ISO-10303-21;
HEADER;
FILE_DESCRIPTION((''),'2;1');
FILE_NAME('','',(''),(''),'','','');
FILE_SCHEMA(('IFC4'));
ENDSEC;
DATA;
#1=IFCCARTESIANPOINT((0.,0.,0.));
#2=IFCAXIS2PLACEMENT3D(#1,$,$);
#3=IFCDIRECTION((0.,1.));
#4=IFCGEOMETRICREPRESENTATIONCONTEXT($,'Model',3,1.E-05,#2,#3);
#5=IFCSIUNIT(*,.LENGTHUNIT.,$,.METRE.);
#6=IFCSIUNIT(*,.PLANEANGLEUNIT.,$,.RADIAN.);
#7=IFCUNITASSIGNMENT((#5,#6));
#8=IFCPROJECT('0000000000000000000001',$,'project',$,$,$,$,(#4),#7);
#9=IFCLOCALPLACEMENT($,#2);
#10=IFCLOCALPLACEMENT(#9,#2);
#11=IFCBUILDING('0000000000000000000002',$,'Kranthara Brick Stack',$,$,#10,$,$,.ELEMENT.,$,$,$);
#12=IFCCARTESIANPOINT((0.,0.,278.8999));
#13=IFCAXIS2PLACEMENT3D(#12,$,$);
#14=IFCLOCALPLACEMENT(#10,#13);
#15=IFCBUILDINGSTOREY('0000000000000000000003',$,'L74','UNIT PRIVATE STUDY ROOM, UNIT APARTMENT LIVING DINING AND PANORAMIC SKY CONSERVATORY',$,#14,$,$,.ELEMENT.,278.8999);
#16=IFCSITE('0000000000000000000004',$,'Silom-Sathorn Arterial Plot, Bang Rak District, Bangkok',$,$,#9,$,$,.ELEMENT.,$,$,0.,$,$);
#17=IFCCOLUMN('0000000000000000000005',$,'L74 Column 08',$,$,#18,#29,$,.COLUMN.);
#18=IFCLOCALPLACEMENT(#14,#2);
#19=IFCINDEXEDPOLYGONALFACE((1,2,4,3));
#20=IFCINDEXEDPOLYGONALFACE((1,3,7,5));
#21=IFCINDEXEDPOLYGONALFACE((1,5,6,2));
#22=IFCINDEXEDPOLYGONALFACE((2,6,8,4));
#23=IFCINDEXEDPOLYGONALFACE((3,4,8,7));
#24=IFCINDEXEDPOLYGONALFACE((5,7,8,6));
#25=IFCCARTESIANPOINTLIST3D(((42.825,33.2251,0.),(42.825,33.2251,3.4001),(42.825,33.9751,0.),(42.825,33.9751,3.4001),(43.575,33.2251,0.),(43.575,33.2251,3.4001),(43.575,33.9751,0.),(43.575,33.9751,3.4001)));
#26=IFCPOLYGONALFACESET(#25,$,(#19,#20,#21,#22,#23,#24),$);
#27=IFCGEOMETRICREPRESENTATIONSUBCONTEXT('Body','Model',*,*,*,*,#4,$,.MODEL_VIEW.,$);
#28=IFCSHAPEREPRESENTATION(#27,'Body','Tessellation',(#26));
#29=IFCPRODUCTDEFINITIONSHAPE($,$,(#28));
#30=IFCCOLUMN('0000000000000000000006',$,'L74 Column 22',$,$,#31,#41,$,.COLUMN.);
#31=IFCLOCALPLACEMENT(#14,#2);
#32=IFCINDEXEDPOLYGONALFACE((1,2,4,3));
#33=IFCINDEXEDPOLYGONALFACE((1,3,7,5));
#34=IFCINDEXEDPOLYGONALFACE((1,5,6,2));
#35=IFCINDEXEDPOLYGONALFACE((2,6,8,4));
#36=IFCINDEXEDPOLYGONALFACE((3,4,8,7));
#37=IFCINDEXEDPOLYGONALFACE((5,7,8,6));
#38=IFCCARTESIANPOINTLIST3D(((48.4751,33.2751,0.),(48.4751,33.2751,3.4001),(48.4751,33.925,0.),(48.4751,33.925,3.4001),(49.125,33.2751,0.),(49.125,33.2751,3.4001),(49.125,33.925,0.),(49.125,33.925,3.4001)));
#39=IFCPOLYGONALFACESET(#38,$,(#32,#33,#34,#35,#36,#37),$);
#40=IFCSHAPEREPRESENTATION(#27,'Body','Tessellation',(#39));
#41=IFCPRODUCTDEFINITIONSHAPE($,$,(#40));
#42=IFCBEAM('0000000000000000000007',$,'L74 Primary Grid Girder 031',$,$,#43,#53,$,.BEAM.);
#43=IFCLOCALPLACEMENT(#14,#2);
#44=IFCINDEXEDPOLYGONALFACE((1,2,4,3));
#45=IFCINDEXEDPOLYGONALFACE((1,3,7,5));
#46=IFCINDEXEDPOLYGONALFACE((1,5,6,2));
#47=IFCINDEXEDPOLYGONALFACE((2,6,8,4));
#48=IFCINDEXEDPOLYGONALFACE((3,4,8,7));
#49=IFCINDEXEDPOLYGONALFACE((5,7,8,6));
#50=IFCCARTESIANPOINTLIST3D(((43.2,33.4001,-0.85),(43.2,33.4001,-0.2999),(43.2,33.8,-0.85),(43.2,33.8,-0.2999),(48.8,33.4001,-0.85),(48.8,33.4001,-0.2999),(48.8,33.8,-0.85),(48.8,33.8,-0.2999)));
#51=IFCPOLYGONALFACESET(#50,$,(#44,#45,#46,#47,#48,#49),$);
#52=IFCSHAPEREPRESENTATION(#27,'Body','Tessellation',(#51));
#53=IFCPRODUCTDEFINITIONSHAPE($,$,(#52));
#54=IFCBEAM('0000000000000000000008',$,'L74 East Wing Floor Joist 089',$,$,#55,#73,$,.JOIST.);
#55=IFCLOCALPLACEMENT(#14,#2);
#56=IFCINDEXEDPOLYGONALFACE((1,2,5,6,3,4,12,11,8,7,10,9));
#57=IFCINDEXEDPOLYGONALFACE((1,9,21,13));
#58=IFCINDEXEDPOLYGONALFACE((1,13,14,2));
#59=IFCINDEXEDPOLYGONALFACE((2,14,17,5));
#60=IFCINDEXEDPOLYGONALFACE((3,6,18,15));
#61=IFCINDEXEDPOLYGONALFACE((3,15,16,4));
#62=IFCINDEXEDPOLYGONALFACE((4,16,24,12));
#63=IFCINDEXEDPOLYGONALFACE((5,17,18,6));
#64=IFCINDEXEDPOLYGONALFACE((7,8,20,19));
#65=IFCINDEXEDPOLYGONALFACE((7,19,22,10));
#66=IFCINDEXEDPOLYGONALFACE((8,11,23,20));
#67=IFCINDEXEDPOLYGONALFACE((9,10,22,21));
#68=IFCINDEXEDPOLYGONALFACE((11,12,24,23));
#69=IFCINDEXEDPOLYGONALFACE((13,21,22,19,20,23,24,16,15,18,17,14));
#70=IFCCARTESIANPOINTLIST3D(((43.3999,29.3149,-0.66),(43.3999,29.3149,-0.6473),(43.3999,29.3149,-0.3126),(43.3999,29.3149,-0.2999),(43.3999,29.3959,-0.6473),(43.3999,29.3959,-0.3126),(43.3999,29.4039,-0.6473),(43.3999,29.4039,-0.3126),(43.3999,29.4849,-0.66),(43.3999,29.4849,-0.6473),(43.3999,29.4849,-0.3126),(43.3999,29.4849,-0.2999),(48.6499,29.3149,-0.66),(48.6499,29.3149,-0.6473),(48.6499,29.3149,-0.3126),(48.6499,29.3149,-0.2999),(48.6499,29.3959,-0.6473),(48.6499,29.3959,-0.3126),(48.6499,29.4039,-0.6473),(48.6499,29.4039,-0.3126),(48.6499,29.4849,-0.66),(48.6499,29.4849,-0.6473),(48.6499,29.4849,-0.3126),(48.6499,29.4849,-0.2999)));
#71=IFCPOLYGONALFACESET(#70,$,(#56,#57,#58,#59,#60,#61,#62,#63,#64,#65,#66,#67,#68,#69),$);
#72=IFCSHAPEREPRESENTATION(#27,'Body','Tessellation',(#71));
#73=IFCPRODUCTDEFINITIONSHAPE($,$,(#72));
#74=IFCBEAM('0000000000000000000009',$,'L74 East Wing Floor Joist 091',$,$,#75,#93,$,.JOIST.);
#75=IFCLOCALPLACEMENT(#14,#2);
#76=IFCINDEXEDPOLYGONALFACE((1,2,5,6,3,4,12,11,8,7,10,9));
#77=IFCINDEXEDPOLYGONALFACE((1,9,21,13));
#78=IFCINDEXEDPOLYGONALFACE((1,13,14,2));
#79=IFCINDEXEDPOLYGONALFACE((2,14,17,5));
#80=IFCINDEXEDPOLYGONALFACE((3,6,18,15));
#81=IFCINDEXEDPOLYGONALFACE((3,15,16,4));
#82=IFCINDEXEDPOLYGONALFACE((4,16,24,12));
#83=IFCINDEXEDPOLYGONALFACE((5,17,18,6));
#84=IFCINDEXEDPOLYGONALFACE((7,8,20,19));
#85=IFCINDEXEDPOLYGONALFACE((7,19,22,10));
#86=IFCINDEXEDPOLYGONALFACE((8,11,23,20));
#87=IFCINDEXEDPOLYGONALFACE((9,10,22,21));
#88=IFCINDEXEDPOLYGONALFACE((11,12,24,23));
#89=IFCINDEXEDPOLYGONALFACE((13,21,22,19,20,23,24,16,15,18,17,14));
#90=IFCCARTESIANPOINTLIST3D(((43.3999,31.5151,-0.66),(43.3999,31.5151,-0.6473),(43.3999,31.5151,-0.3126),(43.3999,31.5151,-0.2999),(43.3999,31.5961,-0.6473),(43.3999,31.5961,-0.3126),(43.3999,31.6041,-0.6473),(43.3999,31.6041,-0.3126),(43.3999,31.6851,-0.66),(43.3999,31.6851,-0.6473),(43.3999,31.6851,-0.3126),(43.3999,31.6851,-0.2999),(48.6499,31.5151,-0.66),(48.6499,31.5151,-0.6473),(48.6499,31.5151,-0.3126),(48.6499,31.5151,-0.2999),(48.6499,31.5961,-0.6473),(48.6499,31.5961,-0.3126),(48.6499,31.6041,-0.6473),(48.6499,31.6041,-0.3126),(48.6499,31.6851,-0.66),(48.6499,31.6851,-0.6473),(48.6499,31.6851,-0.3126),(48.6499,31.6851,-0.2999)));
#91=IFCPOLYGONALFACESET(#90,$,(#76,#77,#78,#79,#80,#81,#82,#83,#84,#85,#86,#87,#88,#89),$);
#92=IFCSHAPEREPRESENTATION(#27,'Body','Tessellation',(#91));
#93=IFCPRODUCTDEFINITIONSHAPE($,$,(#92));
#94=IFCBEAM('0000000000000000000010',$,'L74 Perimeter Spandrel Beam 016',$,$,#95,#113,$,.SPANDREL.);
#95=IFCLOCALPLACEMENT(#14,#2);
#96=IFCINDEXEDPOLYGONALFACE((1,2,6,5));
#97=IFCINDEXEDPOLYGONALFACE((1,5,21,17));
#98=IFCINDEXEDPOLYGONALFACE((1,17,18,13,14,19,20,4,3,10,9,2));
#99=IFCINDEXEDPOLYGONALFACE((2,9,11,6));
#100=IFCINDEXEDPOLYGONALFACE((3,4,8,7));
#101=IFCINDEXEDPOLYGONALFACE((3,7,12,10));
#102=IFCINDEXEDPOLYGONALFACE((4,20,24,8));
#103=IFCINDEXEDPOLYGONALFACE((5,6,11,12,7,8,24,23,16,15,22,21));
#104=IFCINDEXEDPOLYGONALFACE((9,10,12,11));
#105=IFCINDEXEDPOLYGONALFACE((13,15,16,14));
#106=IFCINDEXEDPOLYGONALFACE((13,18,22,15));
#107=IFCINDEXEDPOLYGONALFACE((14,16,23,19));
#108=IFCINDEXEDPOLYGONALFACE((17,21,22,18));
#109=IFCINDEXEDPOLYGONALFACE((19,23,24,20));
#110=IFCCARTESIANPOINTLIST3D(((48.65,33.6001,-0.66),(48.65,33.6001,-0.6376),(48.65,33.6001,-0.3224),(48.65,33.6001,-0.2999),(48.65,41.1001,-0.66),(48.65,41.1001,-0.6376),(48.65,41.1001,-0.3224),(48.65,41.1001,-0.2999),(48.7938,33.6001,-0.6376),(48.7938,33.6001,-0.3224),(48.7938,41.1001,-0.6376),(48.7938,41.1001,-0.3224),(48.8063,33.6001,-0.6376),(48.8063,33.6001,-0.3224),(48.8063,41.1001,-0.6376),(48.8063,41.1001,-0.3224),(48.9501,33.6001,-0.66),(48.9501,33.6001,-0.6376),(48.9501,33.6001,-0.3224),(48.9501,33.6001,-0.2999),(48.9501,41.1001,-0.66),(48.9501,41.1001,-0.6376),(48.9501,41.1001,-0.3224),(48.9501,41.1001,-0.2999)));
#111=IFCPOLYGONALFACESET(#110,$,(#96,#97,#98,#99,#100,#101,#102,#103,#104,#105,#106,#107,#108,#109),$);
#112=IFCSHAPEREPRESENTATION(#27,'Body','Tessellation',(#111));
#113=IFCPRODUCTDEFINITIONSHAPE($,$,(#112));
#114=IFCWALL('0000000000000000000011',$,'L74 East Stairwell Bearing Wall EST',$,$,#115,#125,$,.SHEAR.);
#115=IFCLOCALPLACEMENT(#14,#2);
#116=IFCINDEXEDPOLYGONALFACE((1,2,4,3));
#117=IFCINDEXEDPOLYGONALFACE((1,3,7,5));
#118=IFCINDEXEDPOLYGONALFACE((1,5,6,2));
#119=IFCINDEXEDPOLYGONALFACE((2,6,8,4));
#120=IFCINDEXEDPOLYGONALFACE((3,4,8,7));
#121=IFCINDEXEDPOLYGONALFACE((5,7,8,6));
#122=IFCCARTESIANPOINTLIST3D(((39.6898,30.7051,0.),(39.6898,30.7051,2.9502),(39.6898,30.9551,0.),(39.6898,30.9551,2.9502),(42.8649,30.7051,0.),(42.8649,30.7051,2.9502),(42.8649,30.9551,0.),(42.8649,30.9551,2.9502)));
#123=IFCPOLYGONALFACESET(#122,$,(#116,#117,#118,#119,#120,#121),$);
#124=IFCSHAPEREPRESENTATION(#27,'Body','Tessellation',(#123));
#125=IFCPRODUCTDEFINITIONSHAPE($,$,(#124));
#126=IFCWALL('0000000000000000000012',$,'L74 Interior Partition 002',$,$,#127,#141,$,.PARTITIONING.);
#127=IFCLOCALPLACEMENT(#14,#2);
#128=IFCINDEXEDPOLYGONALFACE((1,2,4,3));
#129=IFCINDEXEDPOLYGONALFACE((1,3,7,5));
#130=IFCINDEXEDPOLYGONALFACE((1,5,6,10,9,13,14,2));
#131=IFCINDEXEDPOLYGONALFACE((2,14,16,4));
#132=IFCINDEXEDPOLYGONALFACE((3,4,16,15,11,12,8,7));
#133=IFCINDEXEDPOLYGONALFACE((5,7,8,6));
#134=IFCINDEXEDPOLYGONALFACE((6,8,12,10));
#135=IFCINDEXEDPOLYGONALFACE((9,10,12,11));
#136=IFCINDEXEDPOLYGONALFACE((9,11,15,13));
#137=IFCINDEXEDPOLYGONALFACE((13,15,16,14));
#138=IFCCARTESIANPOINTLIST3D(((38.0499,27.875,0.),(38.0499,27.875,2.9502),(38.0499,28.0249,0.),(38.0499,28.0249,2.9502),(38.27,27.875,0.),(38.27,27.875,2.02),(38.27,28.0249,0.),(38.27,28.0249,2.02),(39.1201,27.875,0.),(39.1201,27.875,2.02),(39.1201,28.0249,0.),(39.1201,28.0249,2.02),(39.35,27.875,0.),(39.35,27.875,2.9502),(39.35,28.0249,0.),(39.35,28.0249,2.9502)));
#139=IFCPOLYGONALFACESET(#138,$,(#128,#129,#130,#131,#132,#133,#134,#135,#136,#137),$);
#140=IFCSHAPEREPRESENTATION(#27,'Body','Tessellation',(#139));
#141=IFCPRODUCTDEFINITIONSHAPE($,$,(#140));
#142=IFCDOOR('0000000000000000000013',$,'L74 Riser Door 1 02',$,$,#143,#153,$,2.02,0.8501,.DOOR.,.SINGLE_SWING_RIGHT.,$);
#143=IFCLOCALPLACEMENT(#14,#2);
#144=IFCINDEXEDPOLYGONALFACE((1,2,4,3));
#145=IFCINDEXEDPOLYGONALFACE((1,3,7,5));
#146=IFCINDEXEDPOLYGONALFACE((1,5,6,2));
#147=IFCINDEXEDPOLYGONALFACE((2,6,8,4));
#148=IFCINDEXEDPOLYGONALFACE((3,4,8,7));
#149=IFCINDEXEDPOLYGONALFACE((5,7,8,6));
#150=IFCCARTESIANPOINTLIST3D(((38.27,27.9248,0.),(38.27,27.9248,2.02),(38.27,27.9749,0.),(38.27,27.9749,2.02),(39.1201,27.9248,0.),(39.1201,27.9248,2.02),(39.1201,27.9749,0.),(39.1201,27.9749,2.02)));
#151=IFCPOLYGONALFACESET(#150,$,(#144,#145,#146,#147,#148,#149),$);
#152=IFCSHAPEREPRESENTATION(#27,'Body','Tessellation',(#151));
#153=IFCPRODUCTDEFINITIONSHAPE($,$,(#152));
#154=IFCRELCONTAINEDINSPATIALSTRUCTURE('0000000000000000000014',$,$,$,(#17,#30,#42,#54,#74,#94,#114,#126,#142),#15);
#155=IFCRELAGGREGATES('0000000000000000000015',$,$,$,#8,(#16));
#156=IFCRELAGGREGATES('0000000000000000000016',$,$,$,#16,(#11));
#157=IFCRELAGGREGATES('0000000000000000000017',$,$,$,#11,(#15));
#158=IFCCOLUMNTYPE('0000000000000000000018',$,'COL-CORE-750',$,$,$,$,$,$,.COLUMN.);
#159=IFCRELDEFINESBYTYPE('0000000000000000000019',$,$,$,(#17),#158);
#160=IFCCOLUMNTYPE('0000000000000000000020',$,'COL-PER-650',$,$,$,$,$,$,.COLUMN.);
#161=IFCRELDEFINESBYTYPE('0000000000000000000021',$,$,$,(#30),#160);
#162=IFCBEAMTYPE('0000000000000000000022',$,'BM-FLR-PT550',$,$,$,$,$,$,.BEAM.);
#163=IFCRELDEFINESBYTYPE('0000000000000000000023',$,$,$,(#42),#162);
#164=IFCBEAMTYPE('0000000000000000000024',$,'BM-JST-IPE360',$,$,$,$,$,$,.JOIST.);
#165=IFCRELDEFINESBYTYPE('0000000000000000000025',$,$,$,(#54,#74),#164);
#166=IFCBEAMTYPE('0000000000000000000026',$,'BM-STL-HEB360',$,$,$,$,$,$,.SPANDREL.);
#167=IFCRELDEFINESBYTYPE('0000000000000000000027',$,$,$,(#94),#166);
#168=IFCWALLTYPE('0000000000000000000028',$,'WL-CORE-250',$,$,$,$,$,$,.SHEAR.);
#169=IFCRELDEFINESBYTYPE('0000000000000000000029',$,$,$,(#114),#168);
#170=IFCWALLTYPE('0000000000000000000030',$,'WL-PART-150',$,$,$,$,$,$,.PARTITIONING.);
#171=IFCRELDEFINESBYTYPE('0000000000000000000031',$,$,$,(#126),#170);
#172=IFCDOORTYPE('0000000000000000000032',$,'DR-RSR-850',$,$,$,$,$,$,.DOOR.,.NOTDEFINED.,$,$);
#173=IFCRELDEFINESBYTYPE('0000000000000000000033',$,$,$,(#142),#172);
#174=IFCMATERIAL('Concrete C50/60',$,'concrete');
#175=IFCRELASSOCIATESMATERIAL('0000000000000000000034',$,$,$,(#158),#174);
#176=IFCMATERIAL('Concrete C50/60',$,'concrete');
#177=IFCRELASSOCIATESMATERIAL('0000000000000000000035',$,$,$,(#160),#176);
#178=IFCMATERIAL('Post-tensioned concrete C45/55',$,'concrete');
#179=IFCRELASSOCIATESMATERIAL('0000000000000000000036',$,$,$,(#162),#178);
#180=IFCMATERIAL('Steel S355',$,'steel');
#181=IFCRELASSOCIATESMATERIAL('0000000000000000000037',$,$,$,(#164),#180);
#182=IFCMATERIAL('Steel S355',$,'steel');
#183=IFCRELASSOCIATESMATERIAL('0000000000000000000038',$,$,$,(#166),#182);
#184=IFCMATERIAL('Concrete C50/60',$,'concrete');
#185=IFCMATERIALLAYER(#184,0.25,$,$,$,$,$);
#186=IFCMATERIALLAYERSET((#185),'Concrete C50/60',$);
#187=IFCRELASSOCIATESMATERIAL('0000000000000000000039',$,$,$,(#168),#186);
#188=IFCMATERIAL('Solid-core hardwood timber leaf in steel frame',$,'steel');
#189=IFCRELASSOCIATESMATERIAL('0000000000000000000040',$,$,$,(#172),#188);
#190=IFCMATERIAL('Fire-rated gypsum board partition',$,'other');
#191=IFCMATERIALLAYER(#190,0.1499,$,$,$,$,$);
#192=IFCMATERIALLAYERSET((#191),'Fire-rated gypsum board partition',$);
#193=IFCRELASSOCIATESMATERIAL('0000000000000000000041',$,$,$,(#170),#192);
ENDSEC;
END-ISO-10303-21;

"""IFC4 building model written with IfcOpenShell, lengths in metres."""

from ifc_helpers import new_model, si_unit, direction, frame, frame_2d, origin, origin_2d, place, context, subcontext, project, spatial, rectangle, i_section, extrude, material, layer, layer_set, material_profile, profile_set, type_object, element, fill, save


model = new_model("IFC4")

# Units and contexts
model_context = context("Model", 3, precision=1e-05, world=origin(), true_north=direction((0.0, 1.0)))
body_context = subcontext(model_context, "Body", "Model", "MODEL_VIEW")
ifc_project = project(units=[si_unit("LENGTHUNIT", "METRE"), si_unit("PLANEANGLEUNIT", "RADIAN")], contexts=[model_context])

# Site, building, storey
site_placement = place(None, origin())
site = spatial("IfcSite", under=ifc_project, at=site_placement, Name="Silom-Sathorn Arterial Plot, Bang Rak District, Bangkok", CompositionType="ELEMENT", RefElevation=0.0)
building_placement = place(site_placement, origin())
building = spatial("IfcBuilding", under=site, at=building_placement, Name="Kranthara Brick Stack", CompositionType="ELEMENT")
storey_placement = place(building_placement, frame((0.0, 0.0, 278.8999)))
storey = spatial("IfcBuildingStorey", under=building, at=storey_placement, Name="L74", Description="UNIT PRIVATE STUDY ROOM, UNIT APARTMENT LIVING DINING AND PANORAMIC SKY CONSERVATORY", CompositionType="ELEMENT", Elevation=278.8999)

# Columns
ifc_material_1 = material(Name="Concrete C50/60", Category="concrete")
ifc_material_profile_1 = material_profile(ifc_material_1, rectangle(XDim=0.75, YDim=0.75, at=origin_2d()), Name="RC 750x750")
ifc_profile_set_1 = profile_set([ifc_material_profile_1], Name="Concrete C50/60")
column_type_1 = type_object("IfcColumnType", Name="COL-CORE-750", PredefinedType="COLUMN", material=ifc_profile_set_1)
column_1_placement = place(storey_placement, frame((43.2, 33.6001, 0.0), z_axis=(0.0, 0.0, 1.0), x_axis=(1.0, 0.0, 0.0)))
element("IfcColumn", 1, at=column_1_placement, inside=storey, type_object=column_type_1, Name="L74 Column 08", PredefinedType="COLUMN", context=body_context, shape_type="SweptSolid", body=[
    extrude(rectangle(XDim=0.75, YDim=0.75, at=origin_2d()), origin(), (0.0, 0.0, 1.0), 3.4001),
])
ifc_material_2 = material(Name="Concrete C50/60", Category="concrete")
ifc_material_profile_2 = material_profile(ifc_material_2, rectangle(XDim=0.6499, YDim=0.6499, at=origin_2d()), Name="RC 650x650")
ifc_profile_set_2 = profile_set([ifc_material_profile_2], Name="Concrete C50/60")
column_type_2 = type_object("IfcColumnType", Name="COL-PER-650", PredefinedType="COLUMN", material=ifc_profile_set_2)
column_2_placement = place(storey_placement, frame((48.8, 33.6001, 0.0), z_axis=(0.0, 0.0, 1.0), x_axis=(1.0, 0.0, 0.0)))
element("IfcColumn", 2, at=column_2_placement, inside=storey, type_object=column_type_2, Name="L74 Column 22", PredefinedType="COLUMN", context=body_context, shape_type="SweptSolid", body=[
    extrude(rectangle(XDim=0.6499, YDim=0.6499, at=origin_2d()), origin(), (0.0, 0.0, 1.0), 3.4001),
])

# Beams
ifc_material_3 = material(Name="Post-tensioned concrete C45/55", Category="concrete")
ifc_material_profile_3 = material_profile(ifc_material_3, rectangle(XDim=0.3999, YDim=0.55, at=origin_2d()), Name="PT 400x550")
ifc_profile_set_3 = profile_set([ifc_material_profile_3], Name="Post-tensioned concrete C45/55")
beam_type_1 = type_object("IfcBeamType", Name="BM-FLR-PT550", PredefinedType="BEAM", material=ifc_profile_set_3)
beam_1_placement = place(storey_placement, frame((43.2, 33.6001, -0.575), z_axis=(1.0, 0.0, 0.0), x_axis=(0.0, 1.0, 0.0)))
element("IfcBeam", 3, at=beam_1_placement, inside=storey, type_object=beam_type_1, Name="L74 Primary Grid Girder 031", PredefinedType="BEAM", context=body_context, shape_type="SweptSolid", body=[
    extrude(rectangle(XDim=0.3999, YDim=0.55, at=origin_2d()), origin(), (0.0, 0.0, 1.0), 5.6001),
])
ifc_material_4 = material(Name="Steel S355", Category="steel")
ifc_material_profile_4 = material_profile(ifc_material_4, i_section(OverallWidth=0.1699, OverallDepth=0.3601, WebThickness=0.0081, FlangeThickness=0.0127, at=origin_2d()), Name="IPE 360")
ifc_profile_set_4 = profile_set([ifc_material_profile_4], Name="Steel S355")
beam_type_2 = type_object("IfcBeamType", Name="BM-JST-IPE360", PredefinedType="JOIST", material=ifc_profile_set_4)
for number, where, z_axis, x_axis, name in (
    (4, (43.3999, 29.3999, -0.48), (1.0, 0.0, 0.0), (0.0, 1.0, 0.0), "L74 East Wing Floor Joist 089"),
    (5, (43.3999, 31.6001, -0.48), (1.0, 0.0, 0.0), (0.0, 1.0, 0.0), "L74 East Wing Floor Joist 091"),
):
    element("IfcBeam", number, at=place(storey_placement, frame(where, z_axis=z_axis, x_axis=x_axis)), inside=storey, type_object=beam_type_2, Name=name, PredefinedType="JOIST", context=body_context, shape_type="SweptSolid", body=[
        extrude(i_section(OverallWidth=0.1699, OverallDepth=0.3601, WebThickness=0.0081, FlangeThickness=0.0127, at=origin_2d()), origin(), (0.0, 0.0, 1.0), 5.25),
    ])
ifc_material_5 = material(Name="Steel S355", Category="steel")
ifc_material_profile_5 = material_profile(ifc_material_5, i_section(OverallWidth=0.3, OverallDepth=0.3601, WebThickness=0.0125, FlangeThickness=0.0225, at=origin_2d()), Name="HEB 360")
ifc_profile_set_5 = profile_set([ifc_material_profile_5], Name="Steel S355")
beam_type_3 = type_object("IfcBeamType", Name="BM-STL-HEB360", PredefinedType="SPANDREL", material=ifc_profile_set_5)
beam_2_placement = place(storey_placement, frame((48.8, 33.6001, -0.48), z_axis=(0.0, 1.0, 0.0), x_axis=(-1.0, 0.0, 0.0)))
element("IfcBeam", 6, at=beam_2_placement, inside=storey, type_object=beam_type_3, Name="L74 Perimeter Spandrel Beam 016", PredefinedType="SPANDREL", context=body_context, shape_type="SweptSolid", body=[
    extrude(i_section(OverallWidth=0.3, OverallDepth=0.3601, WebThickness=0.0125, FlangeThickness=0.0225, at=origin_2d()), origin(), (0.0, 0.0, 1.0), 7.5),
])

# Wall
ifc_material_6 = material(Name="Concrete C50/60", Category="concrete")
ifc_layer_1 = layer(ifc_material_6, 0.25)
ifc_layer_set_1 = layer_set([ifc_layer_1], Name="Concrete C50/60")
wall_type_1 = type_object("IfcWallType", Name="WL-CORE-250", PredefinedType="SHEAR", material=ifc_layer_set_1)
wall_1_placement = place(storey_placement, frame((39.6899, 30.8301, 0.0), z_axis=(0.0, 0.0, 1.0), x_axis=(1.0, 0.0, 0.0)))
element("IfcWall", 7, at=wall_1_placement, inside=storey, type_object=wall_type_1, Name="L74 East Stairwell Bearing Wall EST", PredefinedType="SHEAR", context=body_context, shape_type="SweptSolid", body=[
    extrude(rectangle(XDim=3.175, YDim=0.25, at=frame_2d((1.5874, 0.0))), origin(), (0.0, 0.0, 1.0), 2.9502),
])

# Shared definitions
ifc_material_7 = material(Name="Solid-core hardwood timber leaf in steel frame", Category="steel")
door_type_1 = type_object("IfcDoorType", Name="DR-RSR-850", OperationType="NOTDEFINED", PredefinedType="DOOR", material=ifc_material_7)

# Wall, opening, door
ifc_material_8 = material(Name="Fire-rated gypsum board partition", Category="other")
ifc_layer_2 = layer(ifc_material_8, 0.1499)
ifc_layer_set_2 = layer_set([ifc_layer_2], Name="Fire-rated gypsum board partition")
wall_type_2 = type_object("IfcWallType", Name="WL-PART-150", PredefinedType="PARTITIONING", material=ifc_layer_set_2)
wall_2_placement = place(storey_placement, frame((38.05, 27.95, 0.0), z_axis=(0.0, 0.0, 1.0), x_axis=(1.0, 0.0, 0.0)))
wall_2 = element("IfcWall", 8, at=wall_2_placement, inside=storey, type_object=wall_type_2, Name="L74 Interior Partition 002", PredefinedType="PARTITIONING", context=body_context, shape_type="SweptSolid", body=[
    extrude(rectangle(XDim=1.3, YDim=0.1499, at=frame_2d((0.6499, 0.0))), origin(), (0.0, 0.0, 1.0), 2.9502),
])
opening_1_placement = place(wall_2_placement, frame((0.22, 0.0, 0.0)))
opening_1 = element("IfcOpeningElement", 9, at=opening_1_placement, cuts=wall_2, PredefinedType="OPENING", context=body_context, shape_type="SweptSolid", body=[
    extrude(rectangle(XDim=0.8501, YDim=2.02, at=frame_2d((0.425, 1.01))), frame((0.0, 0.085, 0.0), z_axis=(0.0, -1.0, 0.0), x_axis=(1.0, 0.0, 0.0)), (0.0, 0.0, 1.0), 0.1699),
])
door_1_placement = place(opening_1_placement, origin())
door_1 = element("IfcDoor", 10, at=door_1_placement, inside=storey, type_object=door_type_1, Name="L74 Riser Door 1 02", OperationType="SINGLE_SWING_RIGHT", OverallHeight=2.02, OverallWidth=0.8501, PredefinedType="DOOR", context=body_context, shape_type="SweptSolid", body=[
    extrude(rectangle(XDim=0.8501, YDim=2.02, at=frame_2d((0.425, 1.01))), frame((0.0, 0.0249, 0.0), z_axis=(0.0, -1.0, 0.0), x_axis=(1.0, 0.0, 0.0)), (0.0, 0.0, 1.0), 0.05),
])
fill(opening_1, door_1)

save(model, "model.ifc")
